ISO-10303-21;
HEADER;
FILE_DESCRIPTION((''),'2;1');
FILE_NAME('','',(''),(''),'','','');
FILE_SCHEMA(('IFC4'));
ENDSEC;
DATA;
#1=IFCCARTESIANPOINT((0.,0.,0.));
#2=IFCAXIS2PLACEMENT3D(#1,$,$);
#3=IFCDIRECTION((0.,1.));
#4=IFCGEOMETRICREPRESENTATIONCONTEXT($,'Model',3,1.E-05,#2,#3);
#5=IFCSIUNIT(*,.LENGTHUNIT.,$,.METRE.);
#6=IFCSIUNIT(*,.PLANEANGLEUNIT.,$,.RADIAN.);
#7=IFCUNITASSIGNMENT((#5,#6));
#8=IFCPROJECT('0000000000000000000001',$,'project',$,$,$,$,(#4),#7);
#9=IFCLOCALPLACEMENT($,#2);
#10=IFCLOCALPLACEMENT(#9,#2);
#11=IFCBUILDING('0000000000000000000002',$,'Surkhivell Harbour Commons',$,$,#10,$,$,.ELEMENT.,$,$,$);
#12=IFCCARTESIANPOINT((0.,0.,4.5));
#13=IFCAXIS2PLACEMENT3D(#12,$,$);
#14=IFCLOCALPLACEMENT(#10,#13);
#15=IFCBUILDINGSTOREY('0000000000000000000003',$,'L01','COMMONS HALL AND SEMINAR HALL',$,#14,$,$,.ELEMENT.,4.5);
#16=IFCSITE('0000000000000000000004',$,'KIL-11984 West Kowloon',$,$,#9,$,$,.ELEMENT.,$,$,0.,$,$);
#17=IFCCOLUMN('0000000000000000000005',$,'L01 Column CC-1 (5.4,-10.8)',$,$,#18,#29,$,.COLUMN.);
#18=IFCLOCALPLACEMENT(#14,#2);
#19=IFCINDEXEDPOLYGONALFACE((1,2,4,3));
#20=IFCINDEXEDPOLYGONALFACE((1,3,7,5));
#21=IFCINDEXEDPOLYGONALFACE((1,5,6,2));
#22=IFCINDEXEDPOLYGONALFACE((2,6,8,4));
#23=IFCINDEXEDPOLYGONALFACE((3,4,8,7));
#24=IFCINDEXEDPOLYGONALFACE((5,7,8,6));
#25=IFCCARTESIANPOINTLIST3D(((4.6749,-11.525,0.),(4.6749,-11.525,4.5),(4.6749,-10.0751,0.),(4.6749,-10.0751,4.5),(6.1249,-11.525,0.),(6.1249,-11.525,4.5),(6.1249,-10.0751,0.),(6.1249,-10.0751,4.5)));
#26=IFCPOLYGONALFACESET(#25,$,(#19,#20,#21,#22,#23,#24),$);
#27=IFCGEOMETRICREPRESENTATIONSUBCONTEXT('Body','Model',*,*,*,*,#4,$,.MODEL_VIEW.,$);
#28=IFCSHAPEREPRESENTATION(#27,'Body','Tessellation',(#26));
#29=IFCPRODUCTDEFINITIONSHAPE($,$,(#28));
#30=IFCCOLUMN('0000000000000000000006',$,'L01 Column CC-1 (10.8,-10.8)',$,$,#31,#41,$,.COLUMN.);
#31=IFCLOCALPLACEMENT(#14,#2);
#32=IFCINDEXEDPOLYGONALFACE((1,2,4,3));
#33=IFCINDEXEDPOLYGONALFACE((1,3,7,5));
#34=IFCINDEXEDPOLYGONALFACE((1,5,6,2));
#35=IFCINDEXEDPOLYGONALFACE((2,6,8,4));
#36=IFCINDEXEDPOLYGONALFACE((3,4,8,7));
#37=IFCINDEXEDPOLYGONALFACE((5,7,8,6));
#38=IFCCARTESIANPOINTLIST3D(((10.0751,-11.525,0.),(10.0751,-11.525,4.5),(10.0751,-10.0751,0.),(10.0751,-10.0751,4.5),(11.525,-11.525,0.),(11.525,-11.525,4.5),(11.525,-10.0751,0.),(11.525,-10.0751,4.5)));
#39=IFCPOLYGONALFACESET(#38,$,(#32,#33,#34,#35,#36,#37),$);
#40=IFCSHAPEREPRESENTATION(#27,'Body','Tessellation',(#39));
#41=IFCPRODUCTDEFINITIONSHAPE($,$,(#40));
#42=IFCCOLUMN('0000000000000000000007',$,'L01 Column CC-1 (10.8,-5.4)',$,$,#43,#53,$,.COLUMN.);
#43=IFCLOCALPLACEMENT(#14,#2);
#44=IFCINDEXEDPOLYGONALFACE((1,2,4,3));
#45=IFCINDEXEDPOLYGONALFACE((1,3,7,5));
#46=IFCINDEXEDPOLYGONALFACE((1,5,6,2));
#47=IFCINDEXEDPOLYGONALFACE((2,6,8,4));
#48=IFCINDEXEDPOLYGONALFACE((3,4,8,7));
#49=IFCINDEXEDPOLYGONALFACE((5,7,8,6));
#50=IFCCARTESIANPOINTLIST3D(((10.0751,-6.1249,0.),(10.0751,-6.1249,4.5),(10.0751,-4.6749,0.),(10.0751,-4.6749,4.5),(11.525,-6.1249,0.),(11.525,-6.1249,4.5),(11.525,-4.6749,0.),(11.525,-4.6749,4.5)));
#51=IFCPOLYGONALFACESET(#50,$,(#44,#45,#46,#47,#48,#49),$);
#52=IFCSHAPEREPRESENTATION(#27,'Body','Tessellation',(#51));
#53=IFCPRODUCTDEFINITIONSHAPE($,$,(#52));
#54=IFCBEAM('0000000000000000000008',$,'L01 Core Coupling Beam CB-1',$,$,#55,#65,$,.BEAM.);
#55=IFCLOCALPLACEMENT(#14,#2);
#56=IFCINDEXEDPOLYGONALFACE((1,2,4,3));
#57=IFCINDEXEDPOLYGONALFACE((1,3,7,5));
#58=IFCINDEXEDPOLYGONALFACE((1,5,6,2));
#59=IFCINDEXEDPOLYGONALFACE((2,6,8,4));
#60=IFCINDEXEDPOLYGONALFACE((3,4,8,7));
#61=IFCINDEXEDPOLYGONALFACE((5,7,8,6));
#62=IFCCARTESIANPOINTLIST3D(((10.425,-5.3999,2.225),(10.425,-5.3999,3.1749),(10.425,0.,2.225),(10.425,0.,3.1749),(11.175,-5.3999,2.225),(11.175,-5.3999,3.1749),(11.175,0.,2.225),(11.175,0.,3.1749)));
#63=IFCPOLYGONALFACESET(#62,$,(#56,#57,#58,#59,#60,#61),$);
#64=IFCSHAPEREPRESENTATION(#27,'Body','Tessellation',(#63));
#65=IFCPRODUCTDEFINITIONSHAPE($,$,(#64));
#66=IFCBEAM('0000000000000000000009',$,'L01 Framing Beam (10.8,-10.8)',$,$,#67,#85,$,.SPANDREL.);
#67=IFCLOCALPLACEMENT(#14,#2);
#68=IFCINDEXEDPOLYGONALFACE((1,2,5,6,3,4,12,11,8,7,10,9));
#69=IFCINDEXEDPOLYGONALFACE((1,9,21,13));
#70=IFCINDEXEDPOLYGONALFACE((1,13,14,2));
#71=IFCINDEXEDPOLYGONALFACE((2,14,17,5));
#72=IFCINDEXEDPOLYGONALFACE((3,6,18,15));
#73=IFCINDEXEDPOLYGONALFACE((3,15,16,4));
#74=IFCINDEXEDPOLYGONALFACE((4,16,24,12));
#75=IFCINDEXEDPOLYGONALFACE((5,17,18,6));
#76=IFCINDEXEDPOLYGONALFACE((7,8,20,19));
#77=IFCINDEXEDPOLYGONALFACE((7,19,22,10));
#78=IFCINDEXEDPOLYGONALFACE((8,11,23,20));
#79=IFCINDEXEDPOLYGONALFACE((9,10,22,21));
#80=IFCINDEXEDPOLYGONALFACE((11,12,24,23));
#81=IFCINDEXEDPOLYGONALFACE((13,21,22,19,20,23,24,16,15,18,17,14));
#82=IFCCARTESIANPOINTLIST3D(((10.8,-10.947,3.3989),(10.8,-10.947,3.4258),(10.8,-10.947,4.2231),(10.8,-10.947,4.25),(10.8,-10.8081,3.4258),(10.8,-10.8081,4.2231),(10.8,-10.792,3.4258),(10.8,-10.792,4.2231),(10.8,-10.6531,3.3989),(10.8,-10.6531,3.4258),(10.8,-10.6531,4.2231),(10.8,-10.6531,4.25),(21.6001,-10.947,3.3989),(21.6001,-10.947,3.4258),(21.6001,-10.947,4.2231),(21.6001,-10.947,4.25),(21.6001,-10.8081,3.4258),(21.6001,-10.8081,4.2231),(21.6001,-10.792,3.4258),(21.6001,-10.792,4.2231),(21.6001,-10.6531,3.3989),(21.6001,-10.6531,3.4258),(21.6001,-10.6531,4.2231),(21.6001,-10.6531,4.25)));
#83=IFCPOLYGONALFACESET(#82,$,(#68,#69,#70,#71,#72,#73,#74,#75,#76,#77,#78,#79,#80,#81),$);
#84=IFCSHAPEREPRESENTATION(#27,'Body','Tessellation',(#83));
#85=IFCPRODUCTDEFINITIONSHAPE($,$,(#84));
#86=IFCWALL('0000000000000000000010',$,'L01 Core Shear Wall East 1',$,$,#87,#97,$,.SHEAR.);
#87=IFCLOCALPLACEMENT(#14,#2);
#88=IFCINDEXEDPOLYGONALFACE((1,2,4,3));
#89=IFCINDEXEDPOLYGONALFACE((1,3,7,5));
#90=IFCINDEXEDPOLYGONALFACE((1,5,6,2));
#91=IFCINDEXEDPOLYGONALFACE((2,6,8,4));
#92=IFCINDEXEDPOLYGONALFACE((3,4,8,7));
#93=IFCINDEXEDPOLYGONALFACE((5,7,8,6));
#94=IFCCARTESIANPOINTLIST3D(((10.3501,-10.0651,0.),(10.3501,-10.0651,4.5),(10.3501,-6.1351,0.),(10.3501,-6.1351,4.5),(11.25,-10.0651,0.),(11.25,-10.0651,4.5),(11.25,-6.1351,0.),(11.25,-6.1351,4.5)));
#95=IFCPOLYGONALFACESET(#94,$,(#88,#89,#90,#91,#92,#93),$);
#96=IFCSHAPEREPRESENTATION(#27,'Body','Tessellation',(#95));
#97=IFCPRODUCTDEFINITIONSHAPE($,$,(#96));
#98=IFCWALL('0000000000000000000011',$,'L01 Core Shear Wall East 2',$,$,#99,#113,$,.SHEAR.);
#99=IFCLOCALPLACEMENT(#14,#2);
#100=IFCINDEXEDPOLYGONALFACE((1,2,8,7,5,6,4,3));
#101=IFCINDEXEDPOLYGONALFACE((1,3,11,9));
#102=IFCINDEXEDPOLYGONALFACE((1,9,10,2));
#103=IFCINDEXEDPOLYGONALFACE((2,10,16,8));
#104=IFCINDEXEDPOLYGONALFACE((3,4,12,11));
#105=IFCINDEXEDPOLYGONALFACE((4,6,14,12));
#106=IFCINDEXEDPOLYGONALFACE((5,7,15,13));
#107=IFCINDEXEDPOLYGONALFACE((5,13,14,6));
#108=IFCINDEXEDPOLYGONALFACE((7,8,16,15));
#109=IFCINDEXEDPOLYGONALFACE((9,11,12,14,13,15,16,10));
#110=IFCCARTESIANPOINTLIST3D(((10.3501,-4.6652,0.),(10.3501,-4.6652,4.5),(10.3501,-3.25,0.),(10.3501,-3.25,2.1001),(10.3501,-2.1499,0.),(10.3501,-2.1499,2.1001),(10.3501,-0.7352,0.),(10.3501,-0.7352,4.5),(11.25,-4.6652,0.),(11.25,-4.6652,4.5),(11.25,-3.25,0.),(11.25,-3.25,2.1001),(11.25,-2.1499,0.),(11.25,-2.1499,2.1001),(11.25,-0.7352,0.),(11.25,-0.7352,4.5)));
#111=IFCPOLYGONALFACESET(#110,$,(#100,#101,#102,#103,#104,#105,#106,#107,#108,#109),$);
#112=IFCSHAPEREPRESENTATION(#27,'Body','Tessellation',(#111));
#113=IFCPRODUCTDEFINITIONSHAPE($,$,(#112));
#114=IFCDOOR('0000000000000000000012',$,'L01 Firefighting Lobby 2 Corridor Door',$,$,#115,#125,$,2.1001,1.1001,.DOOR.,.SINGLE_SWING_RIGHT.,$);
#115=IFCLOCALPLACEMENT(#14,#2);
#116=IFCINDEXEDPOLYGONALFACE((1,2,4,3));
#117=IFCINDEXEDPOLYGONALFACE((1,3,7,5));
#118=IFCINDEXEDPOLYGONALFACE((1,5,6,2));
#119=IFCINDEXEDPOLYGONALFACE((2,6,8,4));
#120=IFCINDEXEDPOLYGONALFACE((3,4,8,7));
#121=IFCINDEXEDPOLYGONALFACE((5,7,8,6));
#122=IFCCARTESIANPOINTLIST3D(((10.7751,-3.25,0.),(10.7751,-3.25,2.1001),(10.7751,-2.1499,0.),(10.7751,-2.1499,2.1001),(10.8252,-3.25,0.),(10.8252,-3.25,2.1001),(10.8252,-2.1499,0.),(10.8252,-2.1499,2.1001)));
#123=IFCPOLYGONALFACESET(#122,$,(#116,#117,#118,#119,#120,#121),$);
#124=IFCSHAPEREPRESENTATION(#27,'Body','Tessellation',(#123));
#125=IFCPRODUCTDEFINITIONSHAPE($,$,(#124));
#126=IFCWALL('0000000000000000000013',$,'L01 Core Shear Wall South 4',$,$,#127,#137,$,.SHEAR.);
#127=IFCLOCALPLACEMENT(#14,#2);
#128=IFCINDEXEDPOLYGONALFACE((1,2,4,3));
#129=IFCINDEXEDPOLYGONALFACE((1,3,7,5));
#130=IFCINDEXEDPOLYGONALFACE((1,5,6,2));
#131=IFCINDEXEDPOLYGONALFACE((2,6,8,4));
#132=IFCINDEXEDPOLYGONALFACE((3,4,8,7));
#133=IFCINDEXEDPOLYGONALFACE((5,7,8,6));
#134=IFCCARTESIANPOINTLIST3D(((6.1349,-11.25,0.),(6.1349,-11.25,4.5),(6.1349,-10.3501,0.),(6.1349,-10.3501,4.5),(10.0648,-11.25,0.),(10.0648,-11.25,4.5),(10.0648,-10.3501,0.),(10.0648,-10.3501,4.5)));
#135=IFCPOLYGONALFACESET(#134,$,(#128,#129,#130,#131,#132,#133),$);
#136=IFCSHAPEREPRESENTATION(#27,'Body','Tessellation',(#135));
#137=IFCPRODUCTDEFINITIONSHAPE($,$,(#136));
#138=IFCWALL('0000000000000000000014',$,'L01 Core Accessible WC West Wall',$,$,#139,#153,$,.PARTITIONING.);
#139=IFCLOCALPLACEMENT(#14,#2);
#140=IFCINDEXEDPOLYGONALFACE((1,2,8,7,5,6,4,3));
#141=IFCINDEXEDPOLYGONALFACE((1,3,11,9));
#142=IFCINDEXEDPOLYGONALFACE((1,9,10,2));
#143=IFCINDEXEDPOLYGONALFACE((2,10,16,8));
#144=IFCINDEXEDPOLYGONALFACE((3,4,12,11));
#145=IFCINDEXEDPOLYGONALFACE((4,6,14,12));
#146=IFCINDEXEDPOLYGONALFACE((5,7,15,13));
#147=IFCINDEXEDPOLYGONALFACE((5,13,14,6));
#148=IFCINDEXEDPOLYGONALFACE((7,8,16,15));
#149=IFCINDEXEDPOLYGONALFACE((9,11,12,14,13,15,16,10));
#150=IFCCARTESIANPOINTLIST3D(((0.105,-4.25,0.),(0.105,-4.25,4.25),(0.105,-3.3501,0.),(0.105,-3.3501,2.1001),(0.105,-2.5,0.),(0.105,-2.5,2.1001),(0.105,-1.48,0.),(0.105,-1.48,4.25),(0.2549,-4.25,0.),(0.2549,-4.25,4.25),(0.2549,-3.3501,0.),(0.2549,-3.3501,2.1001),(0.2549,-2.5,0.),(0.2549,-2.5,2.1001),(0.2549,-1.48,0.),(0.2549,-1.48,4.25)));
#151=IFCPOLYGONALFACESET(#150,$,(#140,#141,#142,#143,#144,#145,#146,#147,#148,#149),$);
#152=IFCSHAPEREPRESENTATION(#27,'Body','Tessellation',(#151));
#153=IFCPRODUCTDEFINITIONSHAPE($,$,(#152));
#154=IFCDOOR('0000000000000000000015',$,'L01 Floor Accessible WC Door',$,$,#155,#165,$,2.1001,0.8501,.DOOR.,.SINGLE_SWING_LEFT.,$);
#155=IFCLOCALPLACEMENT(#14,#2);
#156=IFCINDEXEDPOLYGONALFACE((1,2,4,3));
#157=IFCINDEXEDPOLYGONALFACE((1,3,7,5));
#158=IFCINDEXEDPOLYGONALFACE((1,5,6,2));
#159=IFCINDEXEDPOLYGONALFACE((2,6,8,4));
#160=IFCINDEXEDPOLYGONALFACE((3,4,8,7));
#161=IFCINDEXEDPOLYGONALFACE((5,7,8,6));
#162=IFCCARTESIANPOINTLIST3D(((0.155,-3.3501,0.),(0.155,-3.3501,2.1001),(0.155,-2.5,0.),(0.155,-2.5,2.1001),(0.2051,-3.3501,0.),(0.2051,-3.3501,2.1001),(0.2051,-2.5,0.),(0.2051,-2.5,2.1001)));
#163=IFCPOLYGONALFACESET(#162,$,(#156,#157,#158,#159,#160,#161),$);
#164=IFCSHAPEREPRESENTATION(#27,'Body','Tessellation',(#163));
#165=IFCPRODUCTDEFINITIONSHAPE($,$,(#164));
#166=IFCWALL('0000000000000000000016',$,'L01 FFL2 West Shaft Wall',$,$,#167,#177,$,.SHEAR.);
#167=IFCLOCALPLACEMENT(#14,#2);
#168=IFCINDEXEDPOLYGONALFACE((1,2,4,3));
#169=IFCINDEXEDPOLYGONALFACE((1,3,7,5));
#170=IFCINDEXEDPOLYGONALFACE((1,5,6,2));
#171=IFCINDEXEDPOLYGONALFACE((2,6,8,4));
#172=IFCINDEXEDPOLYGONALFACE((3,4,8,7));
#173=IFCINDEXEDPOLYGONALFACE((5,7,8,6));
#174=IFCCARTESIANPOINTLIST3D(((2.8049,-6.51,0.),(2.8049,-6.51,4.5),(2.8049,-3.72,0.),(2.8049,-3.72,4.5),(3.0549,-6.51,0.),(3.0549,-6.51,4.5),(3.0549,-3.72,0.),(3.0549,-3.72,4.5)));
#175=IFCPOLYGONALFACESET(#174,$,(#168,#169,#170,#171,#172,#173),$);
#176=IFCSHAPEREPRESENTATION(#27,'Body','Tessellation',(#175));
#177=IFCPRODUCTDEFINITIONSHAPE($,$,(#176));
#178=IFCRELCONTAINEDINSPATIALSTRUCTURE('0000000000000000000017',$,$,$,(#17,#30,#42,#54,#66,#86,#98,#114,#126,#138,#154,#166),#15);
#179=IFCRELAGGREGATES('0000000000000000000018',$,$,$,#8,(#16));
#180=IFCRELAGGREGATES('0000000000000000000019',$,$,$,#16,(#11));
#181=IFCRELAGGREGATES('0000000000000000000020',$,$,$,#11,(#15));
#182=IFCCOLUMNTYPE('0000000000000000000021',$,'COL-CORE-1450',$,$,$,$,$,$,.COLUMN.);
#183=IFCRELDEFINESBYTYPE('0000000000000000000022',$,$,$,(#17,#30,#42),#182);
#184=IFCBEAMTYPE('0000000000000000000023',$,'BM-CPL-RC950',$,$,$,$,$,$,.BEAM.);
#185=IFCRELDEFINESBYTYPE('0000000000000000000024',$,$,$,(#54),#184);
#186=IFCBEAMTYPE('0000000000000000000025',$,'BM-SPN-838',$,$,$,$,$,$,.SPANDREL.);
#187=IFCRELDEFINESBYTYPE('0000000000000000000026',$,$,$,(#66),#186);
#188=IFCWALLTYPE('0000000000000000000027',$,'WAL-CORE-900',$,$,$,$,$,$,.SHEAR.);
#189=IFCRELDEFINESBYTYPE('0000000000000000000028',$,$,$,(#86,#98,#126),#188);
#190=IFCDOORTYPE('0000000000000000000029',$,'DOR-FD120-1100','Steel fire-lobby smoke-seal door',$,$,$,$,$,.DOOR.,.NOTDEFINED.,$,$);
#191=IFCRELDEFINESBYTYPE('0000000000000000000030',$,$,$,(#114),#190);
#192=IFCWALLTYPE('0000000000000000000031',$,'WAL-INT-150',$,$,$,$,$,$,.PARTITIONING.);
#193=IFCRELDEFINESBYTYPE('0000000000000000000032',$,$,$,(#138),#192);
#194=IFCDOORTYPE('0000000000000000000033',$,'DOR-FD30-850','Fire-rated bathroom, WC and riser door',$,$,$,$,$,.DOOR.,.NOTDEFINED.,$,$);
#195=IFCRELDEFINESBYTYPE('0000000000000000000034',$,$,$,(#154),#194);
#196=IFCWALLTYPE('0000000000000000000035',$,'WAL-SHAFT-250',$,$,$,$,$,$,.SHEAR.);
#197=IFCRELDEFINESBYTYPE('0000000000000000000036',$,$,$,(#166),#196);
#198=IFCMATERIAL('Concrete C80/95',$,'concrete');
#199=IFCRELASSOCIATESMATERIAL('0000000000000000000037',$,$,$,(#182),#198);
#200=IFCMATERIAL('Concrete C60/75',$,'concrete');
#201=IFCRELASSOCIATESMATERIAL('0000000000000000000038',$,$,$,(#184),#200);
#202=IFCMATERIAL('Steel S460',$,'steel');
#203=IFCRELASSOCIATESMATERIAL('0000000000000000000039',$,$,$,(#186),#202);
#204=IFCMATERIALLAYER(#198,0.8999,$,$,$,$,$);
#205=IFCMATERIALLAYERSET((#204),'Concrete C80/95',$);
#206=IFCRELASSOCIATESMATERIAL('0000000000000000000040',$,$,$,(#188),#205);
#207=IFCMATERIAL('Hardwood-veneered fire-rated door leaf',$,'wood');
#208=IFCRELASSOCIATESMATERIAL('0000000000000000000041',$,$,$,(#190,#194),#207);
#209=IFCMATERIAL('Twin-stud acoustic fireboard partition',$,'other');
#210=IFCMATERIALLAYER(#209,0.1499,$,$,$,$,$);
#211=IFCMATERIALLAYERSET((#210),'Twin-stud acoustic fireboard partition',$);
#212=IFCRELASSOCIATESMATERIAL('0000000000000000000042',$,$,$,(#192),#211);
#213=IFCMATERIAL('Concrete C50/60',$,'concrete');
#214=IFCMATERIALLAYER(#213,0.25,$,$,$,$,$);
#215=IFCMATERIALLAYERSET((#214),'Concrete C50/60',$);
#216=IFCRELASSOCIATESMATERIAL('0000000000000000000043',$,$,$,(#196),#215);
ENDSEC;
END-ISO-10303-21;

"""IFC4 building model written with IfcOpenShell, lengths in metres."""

from ifc_helpers import new_model, si_unit, direction, frame, frame_2d, origin, origin_2d, place, context, subcontext, project, spatial, rectangle, i_section, extrude, material, layer, layer_set, material_profile, profile_set, type_object, element, fill, save


model = new_model("IFC4")

# Units and contexts
model_context = context("Model", 3, precision=1e-05, world=origin(), true_north=direction((0.0, 1.0)))
body_context = subcontext(model_context, "Body", "Model", "MODEL_VIEW")
ifc_project = project(units=[si_unit("LENGTHUNIT", "METRE"), si_unit("PLANEANGLEUNIT", "RADIAN")], contexts=[model_context])

# Site, building, storey
site_placement = place(None, origin())
site = spatial("IfcSite", under=ifc_project, at=site_placement, Name="KIL-11984 West Kowloon", CompositionType="ELEMENT", RefElevation=0.0)
building_placement = place(site_placement, origin())
building = spatial("IfcBuilding", under=site, at=building_placement, Name="Surkhivell Harbour Commons", CompositionType="ELEMENT")
storey_placement = place(building_placement, frame((0.0, 0.0, 4.5)))
storey = spatial("IfcBuildingStorey", under=building, at=storey_placement, Name="L01", Description="COMMONS HALL AND SEMINAR HALL", CompositionType="ELEMENT", Elevation=4.5)

# Columns
ifc_material_1 = material(Name="Concrete C80/95", Category="concrete")
ifc_material_profile_1 = material_profile(ifc_material_1, rectangle(XDim=1.45, YDim=1.45, at=origin_2d()), Name="RC-COL-1450x1450")
ifc_profile_set_1 = profile_set([ifc_material_profile_1], Name="Concrete C80/95")
column_type = type_object("IfcColumnType", Name="COL-CORE-1450", PredefinedType="COLUMN", material=ifc_profile_set_1)
for number, where, z_axis, x_axis, name in (
    (1, (5.3999, -10.8, 0.0), (0.0, 0.0, 1.0), (1.0, 0.0, 0.0), "L01 Column CC-1 (5.4,-10.8)"),
    (2, (10.8, -10.8, 0.0), (0.0, 0.0, 1.0), (1.0, 0.0, 0.0), "L01 Column CC-1 (10.8,-10.8)"),
    (3, (10.8, -5.3999, 0.0), (0.0, 0.0, 1.0), (1.0, 0.0, 0.0), "L01 Column CC-1 (10.8,-5.4)"),
):
    element("IfcColumn", number, at=place(storey_placement, frame(where, z_axis=z_axis, x_axis=x_axis)), inside=storey, type_object=column_type, Name=name, PredefinedType="COLUMN", context=body_context, shape_type="SweptSolid", body=[
        extrude(rectangle(XDim=1.45, YDim=1.45, at=origin_2d()), origin(), (0.0, 0.0, 1.0), 4.5),
    ])

# Beams
ifc_material_2 = material(Name="Concrete C60/75", Category="concrete")
ifc_material_profile_2 = material_profile(ifc_material_2, rectangle(XDim=0.75, YDim=0.95, at=origin_2d()), Name="RC-CBM-750x950")
ifc_profile_set_2 = profile_set([ifc_material_profile_2], Name="Concrete C60/75")
beam_type_1 = type_object("IfcBeamType", Name="BM-CPL-RC950", PredefinedType="BEAM", material=ifc_profile_set_2)
beam_1_placement = place(storey_placement, frame((10.8, -5.3999, 2.7), z_axis=(0.0, 1.0, 0.0), x_axis=(-1.0, 0.0, 0.0)))
element("IfcBeam", 4, at=beam_1_placement, inside=storey, type_object=beam_type_1, Name="L01 Core Coupling Beam CB-1", PredefinedType="BEAM", context=body_context, shape_type="SweptSolid", body=[
    extrude(rectangle(XDim=0.75, YDim=0.95, at=origin_2d()), origin(), (0.0, 0.0, 1.0), 5.3999),
])
ifc_material_3 = material(Name="Steel S460", Category="steel")
ifc_material_profile_3 = material_profile(ifc_material_3, i_section(OverallWidth=0.2939, OverallDepth=0.8511, WebThickness=0.0161, FlangeThickness=0.0269, at=origin_2d()), Name="UB838x292x226")
ifc_profile_set_3 = profile_set([ifc_material_profile_3], Name="Steel S460")
beam_type_2 = type_object("IfcBeamType", Name="BM-SPN-838", PredefinedType="SPANDREL", material=ifc_profile_set_3)
beam_2_placement = place(storey_placement, frame((10.8, -10.8, 3.8245), z_axis=(1.0, 0.0, 0.0), x_axis=(0.0, 1.0, 0.0)))
element("IfcBeam", 5, at=beam_2_placement, inside=storey, type_object=beam_type_2, Name="L01 Framing Beam (10.8,-10.8)", PredefinedType="SPANDREL", context=body_context, shape_type="SweptSolid", body=[
    extrude(i_section(OverallWidth=0.2939, OverallDepth=0.8511, WebThickness=0.0161, FlangeThickness=0.0269, at=origin_2d()), origin(), (0.0, 0.0, 1.0), 10.8),
])

# Wall
ifc_layer_1 = layer(ifc_material_1, 0.8999)
ifc_layer_set_1 = layer_set([ifc_layer_1], Name="Concrete C80/95")
wall_type_1 = type_object("IfcWallType", Name="WAL-CORE-900", PredefinedType="SHEAR", material=ifc_layer_set_1)
wall_1_placement = place(storey_placement, frame((10.8, -10.0649, 0.0), z_axis=(0.0, 0.0, 1.0), x_axis=(0.0, 1.0, 0.0)))
element("IfcWall", 6, at=wall_1_placement, inside=storey, type_object=wall_type_1, Name="L01 Core Shear Wall East 1", PredefinedType="SHEAR", context=body_context, shape_type="SweptSolid", body=[
    extrude(rectangle(XDim=3.9299, YDim=0.8999, at=frame_2d((1.9648, 0.0))), origin(), (0.0, 0.0, 1.0), 4.5),
])

# Wall, opening, door
wall_2_placement = place(storey_placement, frame((10.8, -4.665, 0.0), z_axis=(0.0, 0.0, 1.0), x_axis=(0.0, 1.0, 0.0)))
wall_2 = element("IfcWall", 7, at=wall_2_placement, inside=storey, type_object=wall_type_1, Name="L01 Core Shear Wall East 2", PredefinedType="SHEAR", context=body_context, shape_type="SweptSolid", body=[
    extrude(rectangle(XDim=3.9299, YDim=0.8999, at=frame_2d((1.9648, 0.0))), origin(), (0.0, 0.0, 1.0), 4.5),
])
opening_1_placement = place(wall_2_placement, frame((1.415, 0.0, 0.0)))
opening_1 = element("IfcOpeningElement", 8, at=opening_1_placement, cuts=wall_2, PredefinedType="OPENING", context=body_context, shape_type="SweptSolid", body=[
    extrude(rectangle(XDim=1.1001, YDim=2.1001, at=frame_2d((0.55, 1.05))), frame((0.0, 0.46, 0.0), z_axis=(0.0, -1.0, 0.0), x_axis=(1.0, 0.0, 0.0)), (0.0, 0.0, 1.0), 0.9199),
])
ifc_material_4 = material(Name="Hardwood-veneered fire-rated door leaf", Category="wood")
door_type_1 = type_object("IfcDoorType", Name="DOR-FD120-1100", Description="Steel fire-lobby smoke-seal door", OperationType="NOTDEFINED", PredefinedType="DOOR", material=ifc_material_4)
door_1_placement = place(opening_1_placement, origin())
door_1 = element("IfcDoor", 9, at=door_1_placement, inside=storey, type_object=door_type_1, Name="L01 Firefighting Lobby 2 Corridor Door", OperationType="SINGLE_SWING_RIGHT", OverallHeight=2.1001, OverallWidth=1.1001, PredefinedType="DOOR", context=body_context, shape_type="SweptSolid", body=[
    extrude(rectangle(XDim=1.1001, YDim=2.1001, at=frame_2d((0.55, 1.05))), frame((0.0, 0.0249, 0.0), z_axis=(0.0, -1.0, 0.0), x_axis=(1.0, 0.0, 0.0)), (0.0, 0.0, 1.0), 0.05),
])
fill(opening_1, door_1)

# Wall
wall_3_placement = place(storey_placement, frame((6.135, -10.8, 0.0), z_axis=(0.0, 0.0, 1.0), x_axis=(1.0, 0.0, 0.0)))
element("IfcWall", 10, at=wall_3_placement, inside=storey, type_object=wall_type_1, Name="L01 Core Shear Wall South 4", PredefinedType="SHEAR", context=body_context, shape_type="SweptSolid", body=[
    extrude(rectangle(XDim=3.9299, YDim=0.8999, at=frame_2d((1.9648, 0.0))), origin(), (0.0, 0.0, 1.0), 4.5),
])

# Wall, opening, door
ifc_material_5 = material(Name="Twin-stud acoustic fireboard partition", Category="other")
ifc_layer_2 = layer(ifc_material_5, 0.1499)
ifc_layer_set_2 = layer_set([ifc_layer_2], Name="Twin-stud acoustic fireboard partition")
wall_type_2 = type_object("IfcWallType", Name="WAL-INT-150", PredefinedType="PARTITIONING", material=ifc_layer_set_2)
wall_4_placement = place(storey_placement, frame((0.1799, -4.25, 0.0), z_axis=(0.0, 0.0, 1.0), x_axis=(0.0, 1.0, 0.0)))
wall_4 = element("IfcWall", 11, at=wall_4_placement, inside=storey, type_object=wall_type_2, Name="L01 Core Accessible WC West Wall", PredefinedType="PARTITIONING", context=body_context, shape_type="SweptSolid", body=[
    extrude(rectangle(XDim=2.77, YDim=0.1499, at=frame_2d((1.385, 0.0))), origin(), (0.0, 0.0, 1.0), 4.25),
])
opening_2_placement = place(wall_4_placement, frame((0.8999, 0.0, 0.0)))
opening_2 = element("IfcOpeningElement", 12, at=opening_2_placement, cuts=wall_4, PredefinedType="OPENING", context=body_context, shape_type="SweptSolid", body=[
    extrude(rectangle(XDim=0.8501, YDim=2.1001, at=frame_2d((0.425, 1.05))), frame((0.0, 0.085, 0.0), z_axis=(0.0, -1.0, 0.0), x_axis=(1.0, 0.0, 0.0)), (0.0, 0.0, 1.0), 0.1699),
])
door_type_2 = type_object("IfcDoorType", Name="DOR-FD30-850", Description="Fire-rated bathroom, WC and riser door", OperationType="NOTDEFINED", PredefinedType="DOOR", material=ifc_material_4)
door_2_placement = place(opening_2_placement, origin())
door_2 = element("IfcDoor", 13, at=door_2_placement, inside=storey, type_object=door_type_2, Name="L01 Floor Accessible WC Door", OperationType="SINGLE_SWING_LEFT", OverallHeight=2.1001, OverallWidth=0.8501, PredefinedType="DOOR", context=body_context, shape_type="SweptSolid", body=[
    extrude(rectangle(XDim=0.8501, YDim=2.1001, at=frame_2d((0.425, 1.05))), frame((0.0, 0.0249, 0.0), z_axis=(0.0, -1.0, 0.0), x_axis=(1.0, 0.0, 0.0)), (0.0, 0.0, 1.0), 0.05),
])
fill(opening_2, door_2)

# Wall
ifc_material_6 = material(Name="Concrete C50/60", Category="concrete")
ifc_layer_3 = layer(ifc_material_6, 0.25)
ifc_layer_set_3 = layer_set([ifc_layer_3], Name="Concrete C50/60")
wall_type_3 = type_object("IfcWallType", Name="WAL-SHAFT-250", PredefinedType="SHEAR", material=ifc_layer_set_3)
wall_5_placement = place(storey_placement, frame((2.9299, -6.51, 0.0), z_axis=(0.0, 0.0, 1.0), x_axis=(0.0, 1.0, 0.0)))
element("IfcWall", 14, at=wall_5_placement, inside=storey, type_object=wall_type_3, Name="L01 FFL2 West Shaft Wall", PredefinedType="SHEAR", context=body_context, shape_type="SweptSolid", body=[
    extrude(rectangle(XDim=2.79, YDim=0.25, at=frame_2d((1.395, 0.0))), origin(), (0.0, 0.0, 1.0), 4.5),
])

save(model, "model.ifc")
